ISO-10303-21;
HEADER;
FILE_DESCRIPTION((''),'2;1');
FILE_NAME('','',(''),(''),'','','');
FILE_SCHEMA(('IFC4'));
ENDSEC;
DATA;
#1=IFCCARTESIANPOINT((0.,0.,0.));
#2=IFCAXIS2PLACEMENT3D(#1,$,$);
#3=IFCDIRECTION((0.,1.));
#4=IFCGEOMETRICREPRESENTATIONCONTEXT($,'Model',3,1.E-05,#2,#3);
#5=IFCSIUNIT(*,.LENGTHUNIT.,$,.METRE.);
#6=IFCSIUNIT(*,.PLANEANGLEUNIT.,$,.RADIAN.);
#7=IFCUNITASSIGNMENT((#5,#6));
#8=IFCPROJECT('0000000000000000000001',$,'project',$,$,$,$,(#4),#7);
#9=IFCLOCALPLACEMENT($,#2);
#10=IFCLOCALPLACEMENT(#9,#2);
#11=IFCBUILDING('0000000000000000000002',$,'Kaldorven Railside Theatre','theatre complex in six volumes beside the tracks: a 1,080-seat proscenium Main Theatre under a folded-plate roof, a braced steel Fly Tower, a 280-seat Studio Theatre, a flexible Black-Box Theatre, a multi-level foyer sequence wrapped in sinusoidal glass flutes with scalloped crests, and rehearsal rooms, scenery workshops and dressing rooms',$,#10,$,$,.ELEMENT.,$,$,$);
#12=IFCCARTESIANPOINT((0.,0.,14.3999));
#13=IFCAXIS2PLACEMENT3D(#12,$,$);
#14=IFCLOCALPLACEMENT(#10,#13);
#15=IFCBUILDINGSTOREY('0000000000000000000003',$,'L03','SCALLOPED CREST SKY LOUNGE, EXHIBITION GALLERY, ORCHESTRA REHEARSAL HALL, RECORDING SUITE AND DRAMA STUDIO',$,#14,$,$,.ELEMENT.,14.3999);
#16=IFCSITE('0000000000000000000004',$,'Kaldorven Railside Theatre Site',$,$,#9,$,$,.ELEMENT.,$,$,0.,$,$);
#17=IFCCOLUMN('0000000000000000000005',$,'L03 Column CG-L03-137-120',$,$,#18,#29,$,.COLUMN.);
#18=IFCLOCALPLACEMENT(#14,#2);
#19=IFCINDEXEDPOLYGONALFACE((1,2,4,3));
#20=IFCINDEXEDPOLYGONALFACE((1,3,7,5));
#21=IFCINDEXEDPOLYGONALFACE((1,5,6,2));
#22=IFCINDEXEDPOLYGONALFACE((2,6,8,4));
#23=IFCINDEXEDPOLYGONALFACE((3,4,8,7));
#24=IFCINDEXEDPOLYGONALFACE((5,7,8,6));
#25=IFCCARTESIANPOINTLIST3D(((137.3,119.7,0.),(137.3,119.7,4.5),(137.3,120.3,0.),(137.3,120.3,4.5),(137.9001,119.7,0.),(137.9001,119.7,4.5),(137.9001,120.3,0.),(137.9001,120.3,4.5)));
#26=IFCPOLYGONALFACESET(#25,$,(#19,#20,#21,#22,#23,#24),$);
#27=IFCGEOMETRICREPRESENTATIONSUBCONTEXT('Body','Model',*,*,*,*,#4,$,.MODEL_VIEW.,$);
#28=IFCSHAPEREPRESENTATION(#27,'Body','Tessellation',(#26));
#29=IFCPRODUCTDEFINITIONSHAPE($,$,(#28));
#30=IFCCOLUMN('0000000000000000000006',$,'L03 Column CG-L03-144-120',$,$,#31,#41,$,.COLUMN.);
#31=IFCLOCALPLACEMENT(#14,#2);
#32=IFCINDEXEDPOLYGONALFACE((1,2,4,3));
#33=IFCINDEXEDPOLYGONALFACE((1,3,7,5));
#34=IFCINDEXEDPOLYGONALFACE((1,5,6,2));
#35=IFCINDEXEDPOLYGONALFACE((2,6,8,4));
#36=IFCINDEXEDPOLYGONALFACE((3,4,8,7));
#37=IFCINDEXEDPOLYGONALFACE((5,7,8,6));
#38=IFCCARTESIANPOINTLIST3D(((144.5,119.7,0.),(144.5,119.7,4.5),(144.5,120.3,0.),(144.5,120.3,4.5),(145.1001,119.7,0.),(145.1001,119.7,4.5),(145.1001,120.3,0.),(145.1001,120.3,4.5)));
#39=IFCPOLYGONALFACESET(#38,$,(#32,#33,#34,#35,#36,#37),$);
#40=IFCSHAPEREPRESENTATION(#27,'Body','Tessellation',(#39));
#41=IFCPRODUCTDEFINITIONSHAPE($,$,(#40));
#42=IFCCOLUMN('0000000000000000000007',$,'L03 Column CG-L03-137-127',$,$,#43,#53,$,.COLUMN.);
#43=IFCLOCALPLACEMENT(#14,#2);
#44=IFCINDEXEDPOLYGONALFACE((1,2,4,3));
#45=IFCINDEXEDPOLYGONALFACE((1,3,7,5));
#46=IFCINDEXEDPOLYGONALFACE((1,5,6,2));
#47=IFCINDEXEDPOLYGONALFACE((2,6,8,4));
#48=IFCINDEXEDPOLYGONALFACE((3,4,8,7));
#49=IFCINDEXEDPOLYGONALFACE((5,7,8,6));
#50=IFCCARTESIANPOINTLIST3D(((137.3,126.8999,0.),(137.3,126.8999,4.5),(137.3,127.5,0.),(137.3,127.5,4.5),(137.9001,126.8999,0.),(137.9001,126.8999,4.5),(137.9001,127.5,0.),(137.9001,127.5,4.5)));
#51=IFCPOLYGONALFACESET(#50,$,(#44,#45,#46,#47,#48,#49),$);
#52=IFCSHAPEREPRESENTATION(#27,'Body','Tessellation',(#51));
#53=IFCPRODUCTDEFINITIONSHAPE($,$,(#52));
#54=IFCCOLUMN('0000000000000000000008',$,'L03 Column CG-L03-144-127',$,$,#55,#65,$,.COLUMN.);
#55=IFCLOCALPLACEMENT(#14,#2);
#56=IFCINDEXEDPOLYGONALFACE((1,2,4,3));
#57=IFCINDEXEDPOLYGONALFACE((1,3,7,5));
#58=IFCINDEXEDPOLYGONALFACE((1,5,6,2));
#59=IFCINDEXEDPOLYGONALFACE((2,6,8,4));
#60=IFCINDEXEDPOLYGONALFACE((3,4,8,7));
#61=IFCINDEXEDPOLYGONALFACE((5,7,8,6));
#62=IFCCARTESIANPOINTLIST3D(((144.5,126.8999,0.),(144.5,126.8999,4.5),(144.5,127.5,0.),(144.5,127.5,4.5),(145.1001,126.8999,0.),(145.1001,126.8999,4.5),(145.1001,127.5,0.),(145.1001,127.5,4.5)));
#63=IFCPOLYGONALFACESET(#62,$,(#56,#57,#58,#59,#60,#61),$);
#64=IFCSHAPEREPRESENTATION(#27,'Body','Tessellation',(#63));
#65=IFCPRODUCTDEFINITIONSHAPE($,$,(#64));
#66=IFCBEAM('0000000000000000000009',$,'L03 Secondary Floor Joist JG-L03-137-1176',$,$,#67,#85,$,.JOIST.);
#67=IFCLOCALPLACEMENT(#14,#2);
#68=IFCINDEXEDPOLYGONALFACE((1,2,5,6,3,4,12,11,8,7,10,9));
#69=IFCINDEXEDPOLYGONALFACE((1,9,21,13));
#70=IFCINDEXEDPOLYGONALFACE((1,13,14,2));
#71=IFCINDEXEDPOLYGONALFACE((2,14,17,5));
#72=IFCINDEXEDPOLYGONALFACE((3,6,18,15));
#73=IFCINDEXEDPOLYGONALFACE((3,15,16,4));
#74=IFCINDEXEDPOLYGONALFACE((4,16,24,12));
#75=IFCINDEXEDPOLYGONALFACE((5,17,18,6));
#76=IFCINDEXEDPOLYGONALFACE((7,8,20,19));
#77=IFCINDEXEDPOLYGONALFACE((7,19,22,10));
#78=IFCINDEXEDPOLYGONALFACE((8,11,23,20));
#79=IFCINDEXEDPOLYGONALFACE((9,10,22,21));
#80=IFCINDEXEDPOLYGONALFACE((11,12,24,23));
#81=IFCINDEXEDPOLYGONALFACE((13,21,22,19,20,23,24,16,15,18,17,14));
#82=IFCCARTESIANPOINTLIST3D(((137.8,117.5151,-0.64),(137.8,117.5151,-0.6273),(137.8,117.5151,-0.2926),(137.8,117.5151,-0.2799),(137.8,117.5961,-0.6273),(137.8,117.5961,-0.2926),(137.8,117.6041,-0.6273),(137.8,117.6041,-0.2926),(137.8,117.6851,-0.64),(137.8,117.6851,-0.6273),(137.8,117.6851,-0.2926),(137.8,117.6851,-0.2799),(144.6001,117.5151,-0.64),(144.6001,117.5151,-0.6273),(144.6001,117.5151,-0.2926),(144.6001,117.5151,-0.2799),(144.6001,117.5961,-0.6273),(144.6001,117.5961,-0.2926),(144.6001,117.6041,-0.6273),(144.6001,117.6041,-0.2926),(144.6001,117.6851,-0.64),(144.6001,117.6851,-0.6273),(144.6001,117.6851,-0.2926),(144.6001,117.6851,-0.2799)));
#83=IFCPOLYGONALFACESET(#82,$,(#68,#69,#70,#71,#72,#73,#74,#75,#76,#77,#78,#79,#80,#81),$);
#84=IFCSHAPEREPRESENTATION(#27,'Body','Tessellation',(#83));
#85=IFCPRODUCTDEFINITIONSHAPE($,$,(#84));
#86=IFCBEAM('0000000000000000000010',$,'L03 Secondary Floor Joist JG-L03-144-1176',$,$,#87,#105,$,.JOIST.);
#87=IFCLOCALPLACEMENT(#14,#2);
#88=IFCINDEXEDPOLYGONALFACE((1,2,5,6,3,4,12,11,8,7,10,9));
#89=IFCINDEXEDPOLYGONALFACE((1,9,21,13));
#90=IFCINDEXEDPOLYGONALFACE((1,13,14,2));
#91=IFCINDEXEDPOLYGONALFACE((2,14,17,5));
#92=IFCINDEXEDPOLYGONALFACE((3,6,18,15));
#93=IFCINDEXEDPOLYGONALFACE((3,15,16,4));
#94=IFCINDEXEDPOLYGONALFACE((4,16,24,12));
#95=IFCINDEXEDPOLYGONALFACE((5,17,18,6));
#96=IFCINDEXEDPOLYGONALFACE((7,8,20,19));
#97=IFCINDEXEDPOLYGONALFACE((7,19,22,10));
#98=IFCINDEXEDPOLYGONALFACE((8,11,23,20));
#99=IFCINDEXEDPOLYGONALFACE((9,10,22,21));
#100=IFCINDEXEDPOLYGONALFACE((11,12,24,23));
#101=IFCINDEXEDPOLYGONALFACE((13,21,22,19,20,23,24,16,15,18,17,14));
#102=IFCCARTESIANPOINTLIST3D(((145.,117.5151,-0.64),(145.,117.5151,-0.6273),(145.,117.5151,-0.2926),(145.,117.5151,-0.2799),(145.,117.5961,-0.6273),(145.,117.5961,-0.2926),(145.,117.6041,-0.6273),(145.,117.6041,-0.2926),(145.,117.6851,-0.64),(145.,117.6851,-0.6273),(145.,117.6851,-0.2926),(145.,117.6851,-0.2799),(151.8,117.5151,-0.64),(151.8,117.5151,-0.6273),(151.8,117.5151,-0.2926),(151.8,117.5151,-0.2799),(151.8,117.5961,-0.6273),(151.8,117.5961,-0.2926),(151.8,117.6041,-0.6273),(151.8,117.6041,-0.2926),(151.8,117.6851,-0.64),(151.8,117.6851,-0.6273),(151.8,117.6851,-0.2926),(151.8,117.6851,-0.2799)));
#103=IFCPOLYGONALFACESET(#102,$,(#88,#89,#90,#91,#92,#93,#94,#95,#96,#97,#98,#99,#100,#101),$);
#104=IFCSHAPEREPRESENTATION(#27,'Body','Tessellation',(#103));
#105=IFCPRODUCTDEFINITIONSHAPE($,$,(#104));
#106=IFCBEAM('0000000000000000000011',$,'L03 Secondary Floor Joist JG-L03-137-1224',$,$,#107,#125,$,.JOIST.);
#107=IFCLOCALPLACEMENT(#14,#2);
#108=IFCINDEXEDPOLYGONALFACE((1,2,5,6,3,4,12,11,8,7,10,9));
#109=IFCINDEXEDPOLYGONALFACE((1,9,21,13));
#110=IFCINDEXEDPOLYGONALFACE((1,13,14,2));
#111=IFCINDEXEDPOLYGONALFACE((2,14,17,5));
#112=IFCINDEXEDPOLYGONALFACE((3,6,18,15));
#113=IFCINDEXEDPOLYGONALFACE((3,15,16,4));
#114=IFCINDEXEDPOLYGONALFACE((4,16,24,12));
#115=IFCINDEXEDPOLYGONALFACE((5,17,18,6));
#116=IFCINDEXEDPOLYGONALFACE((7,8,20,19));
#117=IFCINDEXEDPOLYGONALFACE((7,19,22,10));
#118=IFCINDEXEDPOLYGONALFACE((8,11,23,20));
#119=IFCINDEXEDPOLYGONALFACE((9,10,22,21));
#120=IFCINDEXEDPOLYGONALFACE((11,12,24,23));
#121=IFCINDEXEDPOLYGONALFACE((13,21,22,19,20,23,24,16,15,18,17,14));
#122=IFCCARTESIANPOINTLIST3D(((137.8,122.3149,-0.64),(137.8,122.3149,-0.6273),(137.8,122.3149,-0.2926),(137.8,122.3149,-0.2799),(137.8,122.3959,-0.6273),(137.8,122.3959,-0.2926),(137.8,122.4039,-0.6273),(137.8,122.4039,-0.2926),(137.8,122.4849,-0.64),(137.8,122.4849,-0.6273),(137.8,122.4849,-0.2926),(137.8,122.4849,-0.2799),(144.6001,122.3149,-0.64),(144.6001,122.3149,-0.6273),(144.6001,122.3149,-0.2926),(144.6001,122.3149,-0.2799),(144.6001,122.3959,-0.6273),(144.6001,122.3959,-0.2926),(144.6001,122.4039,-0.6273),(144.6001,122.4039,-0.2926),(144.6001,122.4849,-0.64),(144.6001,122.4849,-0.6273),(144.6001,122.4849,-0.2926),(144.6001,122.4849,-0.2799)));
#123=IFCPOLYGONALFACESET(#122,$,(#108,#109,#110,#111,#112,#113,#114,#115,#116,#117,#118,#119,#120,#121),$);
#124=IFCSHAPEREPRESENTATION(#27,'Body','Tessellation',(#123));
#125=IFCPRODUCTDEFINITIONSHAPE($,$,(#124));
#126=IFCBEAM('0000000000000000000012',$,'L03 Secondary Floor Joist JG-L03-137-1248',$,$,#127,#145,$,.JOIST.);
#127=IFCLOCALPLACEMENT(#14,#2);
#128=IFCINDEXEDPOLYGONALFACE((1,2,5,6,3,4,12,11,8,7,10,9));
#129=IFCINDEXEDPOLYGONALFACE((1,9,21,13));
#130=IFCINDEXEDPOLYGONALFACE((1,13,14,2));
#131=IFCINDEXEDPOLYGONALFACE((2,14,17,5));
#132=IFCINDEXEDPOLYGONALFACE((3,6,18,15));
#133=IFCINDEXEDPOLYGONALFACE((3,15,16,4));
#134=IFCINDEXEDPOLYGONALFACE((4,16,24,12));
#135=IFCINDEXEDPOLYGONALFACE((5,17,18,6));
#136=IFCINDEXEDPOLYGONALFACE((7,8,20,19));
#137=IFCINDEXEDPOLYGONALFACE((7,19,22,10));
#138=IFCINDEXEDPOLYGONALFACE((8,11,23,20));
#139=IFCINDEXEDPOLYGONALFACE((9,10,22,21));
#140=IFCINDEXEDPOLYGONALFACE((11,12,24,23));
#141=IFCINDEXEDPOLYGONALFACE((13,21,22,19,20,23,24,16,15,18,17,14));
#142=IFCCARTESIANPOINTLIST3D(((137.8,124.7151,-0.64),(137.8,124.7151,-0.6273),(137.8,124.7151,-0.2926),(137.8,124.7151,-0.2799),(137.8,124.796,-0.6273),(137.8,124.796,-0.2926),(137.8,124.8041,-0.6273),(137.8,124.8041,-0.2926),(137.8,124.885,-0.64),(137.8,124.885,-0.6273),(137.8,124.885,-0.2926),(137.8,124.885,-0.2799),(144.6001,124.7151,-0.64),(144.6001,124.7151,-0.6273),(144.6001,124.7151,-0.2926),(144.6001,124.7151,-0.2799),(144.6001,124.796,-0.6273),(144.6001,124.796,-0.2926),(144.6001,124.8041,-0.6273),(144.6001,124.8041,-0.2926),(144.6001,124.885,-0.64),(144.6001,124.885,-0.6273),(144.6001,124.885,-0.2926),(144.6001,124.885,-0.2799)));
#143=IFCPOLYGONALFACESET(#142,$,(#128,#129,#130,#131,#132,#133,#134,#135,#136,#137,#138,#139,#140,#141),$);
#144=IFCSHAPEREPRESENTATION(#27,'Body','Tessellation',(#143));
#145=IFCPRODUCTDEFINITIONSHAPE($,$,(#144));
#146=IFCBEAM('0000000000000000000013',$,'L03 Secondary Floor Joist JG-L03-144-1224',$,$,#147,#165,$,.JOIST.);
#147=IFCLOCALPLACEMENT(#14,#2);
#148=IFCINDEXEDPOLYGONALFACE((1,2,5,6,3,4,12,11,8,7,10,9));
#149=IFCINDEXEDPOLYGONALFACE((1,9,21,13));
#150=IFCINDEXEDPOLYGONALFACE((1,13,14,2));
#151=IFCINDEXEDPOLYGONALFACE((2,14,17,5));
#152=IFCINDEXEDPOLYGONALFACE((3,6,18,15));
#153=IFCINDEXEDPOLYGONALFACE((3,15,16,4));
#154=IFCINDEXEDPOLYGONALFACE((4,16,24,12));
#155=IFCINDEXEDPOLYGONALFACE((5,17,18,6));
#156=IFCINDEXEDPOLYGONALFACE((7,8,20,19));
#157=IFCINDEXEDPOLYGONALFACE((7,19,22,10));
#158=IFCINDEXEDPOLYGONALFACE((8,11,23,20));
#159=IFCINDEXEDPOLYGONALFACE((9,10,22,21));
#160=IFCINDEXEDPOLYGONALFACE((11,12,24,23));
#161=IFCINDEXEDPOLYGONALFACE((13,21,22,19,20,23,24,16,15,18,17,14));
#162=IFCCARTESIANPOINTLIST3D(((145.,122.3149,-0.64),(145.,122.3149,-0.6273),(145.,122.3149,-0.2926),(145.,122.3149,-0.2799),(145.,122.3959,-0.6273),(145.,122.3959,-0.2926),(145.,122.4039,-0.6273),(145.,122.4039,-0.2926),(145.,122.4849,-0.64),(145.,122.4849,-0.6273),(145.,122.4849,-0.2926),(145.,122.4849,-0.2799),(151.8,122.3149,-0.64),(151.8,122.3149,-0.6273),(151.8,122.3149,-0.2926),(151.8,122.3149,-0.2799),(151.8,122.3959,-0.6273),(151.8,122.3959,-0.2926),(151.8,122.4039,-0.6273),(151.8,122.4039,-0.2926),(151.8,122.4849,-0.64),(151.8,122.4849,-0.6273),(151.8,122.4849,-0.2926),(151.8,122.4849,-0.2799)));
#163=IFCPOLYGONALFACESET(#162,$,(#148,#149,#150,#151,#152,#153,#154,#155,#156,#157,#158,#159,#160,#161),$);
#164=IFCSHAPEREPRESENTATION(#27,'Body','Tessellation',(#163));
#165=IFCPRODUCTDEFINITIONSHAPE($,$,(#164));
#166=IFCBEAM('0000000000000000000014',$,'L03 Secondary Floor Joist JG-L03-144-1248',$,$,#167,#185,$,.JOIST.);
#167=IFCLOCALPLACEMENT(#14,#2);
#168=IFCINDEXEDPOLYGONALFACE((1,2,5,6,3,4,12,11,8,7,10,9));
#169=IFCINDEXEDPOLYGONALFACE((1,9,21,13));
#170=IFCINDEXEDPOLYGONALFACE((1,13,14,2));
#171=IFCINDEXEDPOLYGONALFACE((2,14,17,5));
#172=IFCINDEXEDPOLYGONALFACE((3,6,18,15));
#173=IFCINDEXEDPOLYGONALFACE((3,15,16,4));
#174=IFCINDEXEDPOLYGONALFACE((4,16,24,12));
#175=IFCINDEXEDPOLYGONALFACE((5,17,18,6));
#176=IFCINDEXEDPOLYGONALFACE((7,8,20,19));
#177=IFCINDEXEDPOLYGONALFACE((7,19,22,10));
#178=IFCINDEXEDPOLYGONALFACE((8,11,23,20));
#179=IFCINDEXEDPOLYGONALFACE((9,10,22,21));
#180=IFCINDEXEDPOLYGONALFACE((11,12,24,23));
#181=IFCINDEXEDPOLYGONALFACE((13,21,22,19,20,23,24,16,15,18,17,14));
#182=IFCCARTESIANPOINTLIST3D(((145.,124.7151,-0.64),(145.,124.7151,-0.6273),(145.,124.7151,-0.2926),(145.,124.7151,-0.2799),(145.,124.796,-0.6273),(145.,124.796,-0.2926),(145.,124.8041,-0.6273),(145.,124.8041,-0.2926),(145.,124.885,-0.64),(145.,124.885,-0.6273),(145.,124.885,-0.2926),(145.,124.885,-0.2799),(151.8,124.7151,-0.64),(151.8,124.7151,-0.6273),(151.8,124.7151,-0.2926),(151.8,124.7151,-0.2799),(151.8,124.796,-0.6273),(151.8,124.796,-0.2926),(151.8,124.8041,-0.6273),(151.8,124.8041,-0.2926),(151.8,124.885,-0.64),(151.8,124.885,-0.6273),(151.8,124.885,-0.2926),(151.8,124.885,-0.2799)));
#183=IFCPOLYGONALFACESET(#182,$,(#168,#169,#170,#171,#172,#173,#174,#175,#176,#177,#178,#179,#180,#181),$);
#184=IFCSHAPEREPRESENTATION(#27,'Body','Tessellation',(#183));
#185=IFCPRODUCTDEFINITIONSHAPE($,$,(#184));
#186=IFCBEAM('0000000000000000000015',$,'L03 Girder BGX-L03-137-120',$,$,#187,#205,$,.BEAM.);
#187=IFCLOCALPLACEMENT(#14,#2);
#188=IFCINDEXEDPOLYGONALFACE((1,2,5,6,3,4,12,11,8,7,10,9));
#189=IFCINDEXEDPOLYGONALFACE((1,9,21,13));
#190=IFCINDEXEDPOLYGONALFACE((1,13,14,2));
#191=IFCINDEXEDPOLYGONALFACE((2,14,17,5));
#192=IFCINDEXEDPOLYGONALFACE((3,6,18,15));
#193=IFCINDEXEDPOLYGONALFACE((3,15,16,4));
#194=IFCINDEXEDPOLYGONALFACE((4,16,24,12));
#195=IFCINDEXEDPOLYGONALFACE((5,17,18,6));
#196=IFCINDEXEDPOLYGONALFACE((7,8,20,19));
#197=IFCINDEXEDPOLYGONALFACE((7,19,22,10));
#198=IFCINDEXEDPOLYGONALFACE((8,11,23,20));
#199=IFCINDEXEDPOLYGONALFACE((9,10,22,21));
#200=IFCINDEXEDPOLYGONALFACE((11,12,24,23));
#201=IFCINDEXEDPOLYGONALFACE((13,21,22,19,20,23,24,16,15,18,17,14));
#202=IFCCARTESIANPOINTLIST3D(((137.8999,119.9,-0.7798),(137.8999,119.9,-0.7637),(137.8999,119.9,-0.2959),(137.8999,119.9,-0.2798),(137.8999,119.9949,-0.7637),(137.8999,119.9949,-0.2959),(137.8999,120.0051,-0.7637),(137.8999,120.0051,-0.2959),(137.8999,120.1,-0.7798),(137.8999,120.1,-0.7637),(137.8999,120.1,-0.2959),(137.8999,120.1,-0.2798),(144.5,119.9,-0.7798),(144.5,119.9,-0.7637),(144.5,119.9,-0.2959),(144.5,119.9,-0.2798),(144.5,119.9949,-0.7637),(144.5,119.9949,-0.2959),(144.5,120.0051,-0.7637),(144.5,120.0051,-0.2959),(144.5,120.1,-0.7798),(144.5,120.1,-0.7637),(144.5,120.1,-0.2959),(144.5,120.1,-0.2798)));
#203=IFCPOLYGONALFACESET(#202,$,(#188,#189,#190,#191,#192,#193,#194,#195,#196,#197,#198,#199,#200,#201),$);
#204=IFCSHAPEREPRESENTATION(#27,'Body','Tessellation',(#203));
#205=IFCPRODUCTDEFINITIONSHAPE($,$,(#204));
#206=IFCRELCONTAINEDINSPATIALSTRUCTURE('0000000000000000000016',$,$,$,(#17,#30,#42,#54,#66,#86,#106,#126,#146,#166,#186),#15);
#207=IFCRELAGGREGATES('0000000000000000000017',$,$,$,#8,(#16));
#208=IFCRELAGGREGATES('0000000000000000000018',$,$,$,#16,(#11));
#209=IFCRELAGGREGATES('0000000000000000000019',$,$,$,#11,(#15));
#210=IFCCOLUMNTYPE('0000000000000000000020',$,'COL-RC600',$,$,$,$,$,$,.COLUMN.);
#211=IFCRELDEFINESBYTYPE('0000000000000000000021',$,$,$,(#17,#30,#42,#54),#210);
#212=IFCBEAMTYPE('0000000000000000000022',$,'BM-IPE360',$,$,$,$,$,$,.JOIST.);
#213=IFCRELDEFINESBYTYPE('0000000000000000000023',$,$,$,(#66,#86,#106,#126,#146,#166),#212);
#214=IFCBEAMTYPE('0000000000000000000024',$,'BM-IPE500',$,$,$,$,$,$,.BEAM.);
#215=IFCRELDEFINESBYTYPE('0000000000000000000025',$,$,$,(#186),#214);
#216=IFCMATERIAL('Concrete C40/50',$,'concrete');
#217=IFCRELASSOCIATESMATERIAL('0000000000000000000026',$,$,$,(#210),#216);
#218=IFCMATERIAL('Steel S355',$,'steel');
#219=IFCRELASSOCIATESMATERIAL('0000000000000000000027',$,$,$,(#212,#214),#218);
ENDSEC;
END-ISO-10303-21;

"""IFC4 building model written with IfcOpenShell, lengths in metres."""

from ifc_helpers import new_model, si_unit, direction, frame, origin, origin_2d, place, context, subcontext, project, spatial, rectangle, i_section, extrude, material, material_profile, profile_set, type_object, element, save


model = new_model("IFC4")

# Units and contexts
model_context = context("Model", 3, precision=1e-05, world=origin(), true_north=direction((0.0, 1.0)))
body_context = subcontext(model_context, "Body", "Model", "MODEL_VIEW")
ifc_project = project(units=[si_unit("LENGTHUNIT", "METRE"), si_unit("PLANEANGLEUNIT", "RADIAN")], contexts=[model_context])

# Site, building, storey
site_placement = place(None, origin())
site = spatial("IfcSite", under=ifc_project, at=site_placement, Name="Kaldorven Railside Theatre Site", CompositionType="ELEMENT", RefElevation=0.0)
building_placement = place(site_placement, origin())
building = spatial("IfcBuilding", under=site, at=building_placement, Name="Kaldorven Railside Theatre", Description="theatre complex in six volumes beside the tracks: a 1,080-seat proscenium Main Theatre under a folded-plate roof, a braced steel Fly Tower, a 280-seat Studio Theatre, a flexible Black-Box Theatre, a multi-level foyer sequence wrapped in sinusoidal glass flutes with scalloped crests, and rehearsal rooms, scenery workshops and dressing rooms", CompositionType="ELEMENT")
storey_placement = place(building_placement, frame((0.0, 0.0, 14.3999)))
storey = spatial("IfcBuildingStorey", under=building, at=storey_placement, Name="L03", Description="SCALLOPED CREST SKY LOUNGE, EXHIBITION GALLERY, ORCHESTRA REHEARSAL HALL, RECORDING SUITE AND DRAMA STUDIO", CompositionType="ELEMENT", Elevation=14.3999)

# Columns
ifc_material_1 = material(Name="Concrete C40/50", Category="concrete")
ifc_material_profile_1 = material_profile(ifc_material_1, rectangle(XDim=0.6001, YDim=0.6001, at=origin_2d()), Name="RC 600x600")
ifc_profile_set_1 = profile_set([ifc_material_profile_1], Name="Concrete C40/50")
column_type = type_object("IfcColumnType", Name="COL-RC600", PredefinedType="COLUMN", material=ifc_profile_set_1)
for number, where, z_axis, x_axis, name in (
    (1, (137.6001, 120.0, 0.0), (0.0, 0.0, 1.0), (0.0, 1.0, 0.0), "L03 Column CG-L03-137-120"),
    (2, (144.8, 120.0, 0.0), (0.0, 0.0, 1.0), (1.0, 0.0, 0.0), "L03 Column CG-L03-144-120"),
    (3, (137.6001, 127.2, 0.0), (0.0, 0.0, 1.0), (1.0, 0.0, 0.0), "L03 Column CG-L03-137-127"),
    (4, (144.8, 127.2, 0.0), (0.0, 0.0, 1.0), (1.0, 0.0, 0.0), "L03 Column CG-L03-144-127"),
):
    element("IfcColumn", number, at=place(storey_placement, frame(where, z_axis=z_axis, x_axis=x_axis)), inside=storey, type_object=column_type, Name=name, PredefinedType="COLUMN", context=body_context, shape_type="SweptSolid", body=[
        extrude(rectangle(XDim=0.6001, YDim=0.6001, at=origin_2d()), origin(), (0.0, 0.0, 1.0), 4.5),
    ])

# Beams
ifc_material_2 = material(Name="Steel S355", Category="steel")
ifc_material_profile_2 = material_profile(ifc_material_2, i_section(OverallWidth=0.1699, OverallDepth=0.3601, WebThickness=0.0081, FlangeThickness=0.0127, at=origin_2d()), Name="IPE 360")
ifc_profile_set_2 = profile_set([ifc_material_profile_2], Name="Steel S355")
beam_type_1 = type_object("IfcBeamType", Name="BM-IPE360", PredefinedType="JOIST", material=ifc_profile_set_2)
for number, where, z_axis, x_axis, name in (
    (5, (137.8, 117.6001, -0.46), (1.0, 0.0, 0.0), (0.0, 1.0, 0.0), "L03 Secondary Floor Joist JG-L03-137-1176"),
    (6, (145.0, 117.6001, -0.46), (1.0, 0.0, 0.0), (0.0, 1.0, 0.0), "L03 Secondary Floor Joist JG-L03-144-1176"),
    (7, (137.8, 122.3999, -0.46), (1.0, 0.0, 0.0), (0.0, 1.0, 0.0), "L03 Secondary Floor Joist JG-L03-137-1224"),
    (8, (137.8, 124.8, -0.46), (1.0, 0.0, 0.0), (0.0, 1.0, 0.0), "L03 Secondary Floor Joist JG-L03-137-1248"),
    (9, (145.0, 122.3999, -0.46), (1.0, 0.0, 0.0), (0.0, 1.0, 0.0), "L03 Secondary Floor Joist JG-L03-144-1224"),
    (10, (145.0, 124.8, -0.46), (1.0, 0.0, 0.0), (0.0, 1.0, 0.0), "L03 Secondary Floor Joist JG-L03-144-1248"),
):
    element("IfcBeam", number, at=place(storey_placement, frame(where, z_axis=z_axis, x_axis=x_axis)), inside=storey, type_object=beam_type_1, Name=name, PredefinedType="JOIST", context=body_context, shape_type="SweptSolid", body=[
        extrude(i_section(OverallWidth=0.1699, OverallDepth=0.3601, WebThickness=0.0081, FlangeThickness=0.0127, at=origin_2d()), origin(), (0.0, 0.0, 1.0), 6.8),
    ])
ifc_material_profile_3 = material_profile(ifc_material_2, i_section(OverallWidth=0.2, OverallDepth=0.5, WebThickness=0.0103, FlangeThickness=0.0161, at=origin_2d()), Name="IPE 500")
ifc_profile_set_3 = profile_set([ifc_material_profile_3], Name="Steel S355")
beam_type_2 = type_object("IfcBeamType", Name="BM-IPE500", PredefinedType="BEAM", material=ifc_profile_set_3)
beam_1_placement = place(storey_placement, frame((137.8999, 120.0, -0.5298), z_axis=(1.0, 0.0, 0.0), x_axis=(0.0, 1.0, 0.0)))
element("IfcBeam", 11, at=beam_1_placement, inside=storey, type_object=beam_type_2, Name="L03 Girder BGX-L03-137-120", PredefinedType="BEAM", context=body_context, shape_type="SweptSolid", body=[
    extrude(i_section(OverallWidth=0.2, OverallDepth=0.5, WebThickness=0.0103, FlangeThickness=0.0161, at=origin_2d()), origin(), (0.0, 0.0, 1.0), 6.6001),
])

save(model, "model.ifc")
